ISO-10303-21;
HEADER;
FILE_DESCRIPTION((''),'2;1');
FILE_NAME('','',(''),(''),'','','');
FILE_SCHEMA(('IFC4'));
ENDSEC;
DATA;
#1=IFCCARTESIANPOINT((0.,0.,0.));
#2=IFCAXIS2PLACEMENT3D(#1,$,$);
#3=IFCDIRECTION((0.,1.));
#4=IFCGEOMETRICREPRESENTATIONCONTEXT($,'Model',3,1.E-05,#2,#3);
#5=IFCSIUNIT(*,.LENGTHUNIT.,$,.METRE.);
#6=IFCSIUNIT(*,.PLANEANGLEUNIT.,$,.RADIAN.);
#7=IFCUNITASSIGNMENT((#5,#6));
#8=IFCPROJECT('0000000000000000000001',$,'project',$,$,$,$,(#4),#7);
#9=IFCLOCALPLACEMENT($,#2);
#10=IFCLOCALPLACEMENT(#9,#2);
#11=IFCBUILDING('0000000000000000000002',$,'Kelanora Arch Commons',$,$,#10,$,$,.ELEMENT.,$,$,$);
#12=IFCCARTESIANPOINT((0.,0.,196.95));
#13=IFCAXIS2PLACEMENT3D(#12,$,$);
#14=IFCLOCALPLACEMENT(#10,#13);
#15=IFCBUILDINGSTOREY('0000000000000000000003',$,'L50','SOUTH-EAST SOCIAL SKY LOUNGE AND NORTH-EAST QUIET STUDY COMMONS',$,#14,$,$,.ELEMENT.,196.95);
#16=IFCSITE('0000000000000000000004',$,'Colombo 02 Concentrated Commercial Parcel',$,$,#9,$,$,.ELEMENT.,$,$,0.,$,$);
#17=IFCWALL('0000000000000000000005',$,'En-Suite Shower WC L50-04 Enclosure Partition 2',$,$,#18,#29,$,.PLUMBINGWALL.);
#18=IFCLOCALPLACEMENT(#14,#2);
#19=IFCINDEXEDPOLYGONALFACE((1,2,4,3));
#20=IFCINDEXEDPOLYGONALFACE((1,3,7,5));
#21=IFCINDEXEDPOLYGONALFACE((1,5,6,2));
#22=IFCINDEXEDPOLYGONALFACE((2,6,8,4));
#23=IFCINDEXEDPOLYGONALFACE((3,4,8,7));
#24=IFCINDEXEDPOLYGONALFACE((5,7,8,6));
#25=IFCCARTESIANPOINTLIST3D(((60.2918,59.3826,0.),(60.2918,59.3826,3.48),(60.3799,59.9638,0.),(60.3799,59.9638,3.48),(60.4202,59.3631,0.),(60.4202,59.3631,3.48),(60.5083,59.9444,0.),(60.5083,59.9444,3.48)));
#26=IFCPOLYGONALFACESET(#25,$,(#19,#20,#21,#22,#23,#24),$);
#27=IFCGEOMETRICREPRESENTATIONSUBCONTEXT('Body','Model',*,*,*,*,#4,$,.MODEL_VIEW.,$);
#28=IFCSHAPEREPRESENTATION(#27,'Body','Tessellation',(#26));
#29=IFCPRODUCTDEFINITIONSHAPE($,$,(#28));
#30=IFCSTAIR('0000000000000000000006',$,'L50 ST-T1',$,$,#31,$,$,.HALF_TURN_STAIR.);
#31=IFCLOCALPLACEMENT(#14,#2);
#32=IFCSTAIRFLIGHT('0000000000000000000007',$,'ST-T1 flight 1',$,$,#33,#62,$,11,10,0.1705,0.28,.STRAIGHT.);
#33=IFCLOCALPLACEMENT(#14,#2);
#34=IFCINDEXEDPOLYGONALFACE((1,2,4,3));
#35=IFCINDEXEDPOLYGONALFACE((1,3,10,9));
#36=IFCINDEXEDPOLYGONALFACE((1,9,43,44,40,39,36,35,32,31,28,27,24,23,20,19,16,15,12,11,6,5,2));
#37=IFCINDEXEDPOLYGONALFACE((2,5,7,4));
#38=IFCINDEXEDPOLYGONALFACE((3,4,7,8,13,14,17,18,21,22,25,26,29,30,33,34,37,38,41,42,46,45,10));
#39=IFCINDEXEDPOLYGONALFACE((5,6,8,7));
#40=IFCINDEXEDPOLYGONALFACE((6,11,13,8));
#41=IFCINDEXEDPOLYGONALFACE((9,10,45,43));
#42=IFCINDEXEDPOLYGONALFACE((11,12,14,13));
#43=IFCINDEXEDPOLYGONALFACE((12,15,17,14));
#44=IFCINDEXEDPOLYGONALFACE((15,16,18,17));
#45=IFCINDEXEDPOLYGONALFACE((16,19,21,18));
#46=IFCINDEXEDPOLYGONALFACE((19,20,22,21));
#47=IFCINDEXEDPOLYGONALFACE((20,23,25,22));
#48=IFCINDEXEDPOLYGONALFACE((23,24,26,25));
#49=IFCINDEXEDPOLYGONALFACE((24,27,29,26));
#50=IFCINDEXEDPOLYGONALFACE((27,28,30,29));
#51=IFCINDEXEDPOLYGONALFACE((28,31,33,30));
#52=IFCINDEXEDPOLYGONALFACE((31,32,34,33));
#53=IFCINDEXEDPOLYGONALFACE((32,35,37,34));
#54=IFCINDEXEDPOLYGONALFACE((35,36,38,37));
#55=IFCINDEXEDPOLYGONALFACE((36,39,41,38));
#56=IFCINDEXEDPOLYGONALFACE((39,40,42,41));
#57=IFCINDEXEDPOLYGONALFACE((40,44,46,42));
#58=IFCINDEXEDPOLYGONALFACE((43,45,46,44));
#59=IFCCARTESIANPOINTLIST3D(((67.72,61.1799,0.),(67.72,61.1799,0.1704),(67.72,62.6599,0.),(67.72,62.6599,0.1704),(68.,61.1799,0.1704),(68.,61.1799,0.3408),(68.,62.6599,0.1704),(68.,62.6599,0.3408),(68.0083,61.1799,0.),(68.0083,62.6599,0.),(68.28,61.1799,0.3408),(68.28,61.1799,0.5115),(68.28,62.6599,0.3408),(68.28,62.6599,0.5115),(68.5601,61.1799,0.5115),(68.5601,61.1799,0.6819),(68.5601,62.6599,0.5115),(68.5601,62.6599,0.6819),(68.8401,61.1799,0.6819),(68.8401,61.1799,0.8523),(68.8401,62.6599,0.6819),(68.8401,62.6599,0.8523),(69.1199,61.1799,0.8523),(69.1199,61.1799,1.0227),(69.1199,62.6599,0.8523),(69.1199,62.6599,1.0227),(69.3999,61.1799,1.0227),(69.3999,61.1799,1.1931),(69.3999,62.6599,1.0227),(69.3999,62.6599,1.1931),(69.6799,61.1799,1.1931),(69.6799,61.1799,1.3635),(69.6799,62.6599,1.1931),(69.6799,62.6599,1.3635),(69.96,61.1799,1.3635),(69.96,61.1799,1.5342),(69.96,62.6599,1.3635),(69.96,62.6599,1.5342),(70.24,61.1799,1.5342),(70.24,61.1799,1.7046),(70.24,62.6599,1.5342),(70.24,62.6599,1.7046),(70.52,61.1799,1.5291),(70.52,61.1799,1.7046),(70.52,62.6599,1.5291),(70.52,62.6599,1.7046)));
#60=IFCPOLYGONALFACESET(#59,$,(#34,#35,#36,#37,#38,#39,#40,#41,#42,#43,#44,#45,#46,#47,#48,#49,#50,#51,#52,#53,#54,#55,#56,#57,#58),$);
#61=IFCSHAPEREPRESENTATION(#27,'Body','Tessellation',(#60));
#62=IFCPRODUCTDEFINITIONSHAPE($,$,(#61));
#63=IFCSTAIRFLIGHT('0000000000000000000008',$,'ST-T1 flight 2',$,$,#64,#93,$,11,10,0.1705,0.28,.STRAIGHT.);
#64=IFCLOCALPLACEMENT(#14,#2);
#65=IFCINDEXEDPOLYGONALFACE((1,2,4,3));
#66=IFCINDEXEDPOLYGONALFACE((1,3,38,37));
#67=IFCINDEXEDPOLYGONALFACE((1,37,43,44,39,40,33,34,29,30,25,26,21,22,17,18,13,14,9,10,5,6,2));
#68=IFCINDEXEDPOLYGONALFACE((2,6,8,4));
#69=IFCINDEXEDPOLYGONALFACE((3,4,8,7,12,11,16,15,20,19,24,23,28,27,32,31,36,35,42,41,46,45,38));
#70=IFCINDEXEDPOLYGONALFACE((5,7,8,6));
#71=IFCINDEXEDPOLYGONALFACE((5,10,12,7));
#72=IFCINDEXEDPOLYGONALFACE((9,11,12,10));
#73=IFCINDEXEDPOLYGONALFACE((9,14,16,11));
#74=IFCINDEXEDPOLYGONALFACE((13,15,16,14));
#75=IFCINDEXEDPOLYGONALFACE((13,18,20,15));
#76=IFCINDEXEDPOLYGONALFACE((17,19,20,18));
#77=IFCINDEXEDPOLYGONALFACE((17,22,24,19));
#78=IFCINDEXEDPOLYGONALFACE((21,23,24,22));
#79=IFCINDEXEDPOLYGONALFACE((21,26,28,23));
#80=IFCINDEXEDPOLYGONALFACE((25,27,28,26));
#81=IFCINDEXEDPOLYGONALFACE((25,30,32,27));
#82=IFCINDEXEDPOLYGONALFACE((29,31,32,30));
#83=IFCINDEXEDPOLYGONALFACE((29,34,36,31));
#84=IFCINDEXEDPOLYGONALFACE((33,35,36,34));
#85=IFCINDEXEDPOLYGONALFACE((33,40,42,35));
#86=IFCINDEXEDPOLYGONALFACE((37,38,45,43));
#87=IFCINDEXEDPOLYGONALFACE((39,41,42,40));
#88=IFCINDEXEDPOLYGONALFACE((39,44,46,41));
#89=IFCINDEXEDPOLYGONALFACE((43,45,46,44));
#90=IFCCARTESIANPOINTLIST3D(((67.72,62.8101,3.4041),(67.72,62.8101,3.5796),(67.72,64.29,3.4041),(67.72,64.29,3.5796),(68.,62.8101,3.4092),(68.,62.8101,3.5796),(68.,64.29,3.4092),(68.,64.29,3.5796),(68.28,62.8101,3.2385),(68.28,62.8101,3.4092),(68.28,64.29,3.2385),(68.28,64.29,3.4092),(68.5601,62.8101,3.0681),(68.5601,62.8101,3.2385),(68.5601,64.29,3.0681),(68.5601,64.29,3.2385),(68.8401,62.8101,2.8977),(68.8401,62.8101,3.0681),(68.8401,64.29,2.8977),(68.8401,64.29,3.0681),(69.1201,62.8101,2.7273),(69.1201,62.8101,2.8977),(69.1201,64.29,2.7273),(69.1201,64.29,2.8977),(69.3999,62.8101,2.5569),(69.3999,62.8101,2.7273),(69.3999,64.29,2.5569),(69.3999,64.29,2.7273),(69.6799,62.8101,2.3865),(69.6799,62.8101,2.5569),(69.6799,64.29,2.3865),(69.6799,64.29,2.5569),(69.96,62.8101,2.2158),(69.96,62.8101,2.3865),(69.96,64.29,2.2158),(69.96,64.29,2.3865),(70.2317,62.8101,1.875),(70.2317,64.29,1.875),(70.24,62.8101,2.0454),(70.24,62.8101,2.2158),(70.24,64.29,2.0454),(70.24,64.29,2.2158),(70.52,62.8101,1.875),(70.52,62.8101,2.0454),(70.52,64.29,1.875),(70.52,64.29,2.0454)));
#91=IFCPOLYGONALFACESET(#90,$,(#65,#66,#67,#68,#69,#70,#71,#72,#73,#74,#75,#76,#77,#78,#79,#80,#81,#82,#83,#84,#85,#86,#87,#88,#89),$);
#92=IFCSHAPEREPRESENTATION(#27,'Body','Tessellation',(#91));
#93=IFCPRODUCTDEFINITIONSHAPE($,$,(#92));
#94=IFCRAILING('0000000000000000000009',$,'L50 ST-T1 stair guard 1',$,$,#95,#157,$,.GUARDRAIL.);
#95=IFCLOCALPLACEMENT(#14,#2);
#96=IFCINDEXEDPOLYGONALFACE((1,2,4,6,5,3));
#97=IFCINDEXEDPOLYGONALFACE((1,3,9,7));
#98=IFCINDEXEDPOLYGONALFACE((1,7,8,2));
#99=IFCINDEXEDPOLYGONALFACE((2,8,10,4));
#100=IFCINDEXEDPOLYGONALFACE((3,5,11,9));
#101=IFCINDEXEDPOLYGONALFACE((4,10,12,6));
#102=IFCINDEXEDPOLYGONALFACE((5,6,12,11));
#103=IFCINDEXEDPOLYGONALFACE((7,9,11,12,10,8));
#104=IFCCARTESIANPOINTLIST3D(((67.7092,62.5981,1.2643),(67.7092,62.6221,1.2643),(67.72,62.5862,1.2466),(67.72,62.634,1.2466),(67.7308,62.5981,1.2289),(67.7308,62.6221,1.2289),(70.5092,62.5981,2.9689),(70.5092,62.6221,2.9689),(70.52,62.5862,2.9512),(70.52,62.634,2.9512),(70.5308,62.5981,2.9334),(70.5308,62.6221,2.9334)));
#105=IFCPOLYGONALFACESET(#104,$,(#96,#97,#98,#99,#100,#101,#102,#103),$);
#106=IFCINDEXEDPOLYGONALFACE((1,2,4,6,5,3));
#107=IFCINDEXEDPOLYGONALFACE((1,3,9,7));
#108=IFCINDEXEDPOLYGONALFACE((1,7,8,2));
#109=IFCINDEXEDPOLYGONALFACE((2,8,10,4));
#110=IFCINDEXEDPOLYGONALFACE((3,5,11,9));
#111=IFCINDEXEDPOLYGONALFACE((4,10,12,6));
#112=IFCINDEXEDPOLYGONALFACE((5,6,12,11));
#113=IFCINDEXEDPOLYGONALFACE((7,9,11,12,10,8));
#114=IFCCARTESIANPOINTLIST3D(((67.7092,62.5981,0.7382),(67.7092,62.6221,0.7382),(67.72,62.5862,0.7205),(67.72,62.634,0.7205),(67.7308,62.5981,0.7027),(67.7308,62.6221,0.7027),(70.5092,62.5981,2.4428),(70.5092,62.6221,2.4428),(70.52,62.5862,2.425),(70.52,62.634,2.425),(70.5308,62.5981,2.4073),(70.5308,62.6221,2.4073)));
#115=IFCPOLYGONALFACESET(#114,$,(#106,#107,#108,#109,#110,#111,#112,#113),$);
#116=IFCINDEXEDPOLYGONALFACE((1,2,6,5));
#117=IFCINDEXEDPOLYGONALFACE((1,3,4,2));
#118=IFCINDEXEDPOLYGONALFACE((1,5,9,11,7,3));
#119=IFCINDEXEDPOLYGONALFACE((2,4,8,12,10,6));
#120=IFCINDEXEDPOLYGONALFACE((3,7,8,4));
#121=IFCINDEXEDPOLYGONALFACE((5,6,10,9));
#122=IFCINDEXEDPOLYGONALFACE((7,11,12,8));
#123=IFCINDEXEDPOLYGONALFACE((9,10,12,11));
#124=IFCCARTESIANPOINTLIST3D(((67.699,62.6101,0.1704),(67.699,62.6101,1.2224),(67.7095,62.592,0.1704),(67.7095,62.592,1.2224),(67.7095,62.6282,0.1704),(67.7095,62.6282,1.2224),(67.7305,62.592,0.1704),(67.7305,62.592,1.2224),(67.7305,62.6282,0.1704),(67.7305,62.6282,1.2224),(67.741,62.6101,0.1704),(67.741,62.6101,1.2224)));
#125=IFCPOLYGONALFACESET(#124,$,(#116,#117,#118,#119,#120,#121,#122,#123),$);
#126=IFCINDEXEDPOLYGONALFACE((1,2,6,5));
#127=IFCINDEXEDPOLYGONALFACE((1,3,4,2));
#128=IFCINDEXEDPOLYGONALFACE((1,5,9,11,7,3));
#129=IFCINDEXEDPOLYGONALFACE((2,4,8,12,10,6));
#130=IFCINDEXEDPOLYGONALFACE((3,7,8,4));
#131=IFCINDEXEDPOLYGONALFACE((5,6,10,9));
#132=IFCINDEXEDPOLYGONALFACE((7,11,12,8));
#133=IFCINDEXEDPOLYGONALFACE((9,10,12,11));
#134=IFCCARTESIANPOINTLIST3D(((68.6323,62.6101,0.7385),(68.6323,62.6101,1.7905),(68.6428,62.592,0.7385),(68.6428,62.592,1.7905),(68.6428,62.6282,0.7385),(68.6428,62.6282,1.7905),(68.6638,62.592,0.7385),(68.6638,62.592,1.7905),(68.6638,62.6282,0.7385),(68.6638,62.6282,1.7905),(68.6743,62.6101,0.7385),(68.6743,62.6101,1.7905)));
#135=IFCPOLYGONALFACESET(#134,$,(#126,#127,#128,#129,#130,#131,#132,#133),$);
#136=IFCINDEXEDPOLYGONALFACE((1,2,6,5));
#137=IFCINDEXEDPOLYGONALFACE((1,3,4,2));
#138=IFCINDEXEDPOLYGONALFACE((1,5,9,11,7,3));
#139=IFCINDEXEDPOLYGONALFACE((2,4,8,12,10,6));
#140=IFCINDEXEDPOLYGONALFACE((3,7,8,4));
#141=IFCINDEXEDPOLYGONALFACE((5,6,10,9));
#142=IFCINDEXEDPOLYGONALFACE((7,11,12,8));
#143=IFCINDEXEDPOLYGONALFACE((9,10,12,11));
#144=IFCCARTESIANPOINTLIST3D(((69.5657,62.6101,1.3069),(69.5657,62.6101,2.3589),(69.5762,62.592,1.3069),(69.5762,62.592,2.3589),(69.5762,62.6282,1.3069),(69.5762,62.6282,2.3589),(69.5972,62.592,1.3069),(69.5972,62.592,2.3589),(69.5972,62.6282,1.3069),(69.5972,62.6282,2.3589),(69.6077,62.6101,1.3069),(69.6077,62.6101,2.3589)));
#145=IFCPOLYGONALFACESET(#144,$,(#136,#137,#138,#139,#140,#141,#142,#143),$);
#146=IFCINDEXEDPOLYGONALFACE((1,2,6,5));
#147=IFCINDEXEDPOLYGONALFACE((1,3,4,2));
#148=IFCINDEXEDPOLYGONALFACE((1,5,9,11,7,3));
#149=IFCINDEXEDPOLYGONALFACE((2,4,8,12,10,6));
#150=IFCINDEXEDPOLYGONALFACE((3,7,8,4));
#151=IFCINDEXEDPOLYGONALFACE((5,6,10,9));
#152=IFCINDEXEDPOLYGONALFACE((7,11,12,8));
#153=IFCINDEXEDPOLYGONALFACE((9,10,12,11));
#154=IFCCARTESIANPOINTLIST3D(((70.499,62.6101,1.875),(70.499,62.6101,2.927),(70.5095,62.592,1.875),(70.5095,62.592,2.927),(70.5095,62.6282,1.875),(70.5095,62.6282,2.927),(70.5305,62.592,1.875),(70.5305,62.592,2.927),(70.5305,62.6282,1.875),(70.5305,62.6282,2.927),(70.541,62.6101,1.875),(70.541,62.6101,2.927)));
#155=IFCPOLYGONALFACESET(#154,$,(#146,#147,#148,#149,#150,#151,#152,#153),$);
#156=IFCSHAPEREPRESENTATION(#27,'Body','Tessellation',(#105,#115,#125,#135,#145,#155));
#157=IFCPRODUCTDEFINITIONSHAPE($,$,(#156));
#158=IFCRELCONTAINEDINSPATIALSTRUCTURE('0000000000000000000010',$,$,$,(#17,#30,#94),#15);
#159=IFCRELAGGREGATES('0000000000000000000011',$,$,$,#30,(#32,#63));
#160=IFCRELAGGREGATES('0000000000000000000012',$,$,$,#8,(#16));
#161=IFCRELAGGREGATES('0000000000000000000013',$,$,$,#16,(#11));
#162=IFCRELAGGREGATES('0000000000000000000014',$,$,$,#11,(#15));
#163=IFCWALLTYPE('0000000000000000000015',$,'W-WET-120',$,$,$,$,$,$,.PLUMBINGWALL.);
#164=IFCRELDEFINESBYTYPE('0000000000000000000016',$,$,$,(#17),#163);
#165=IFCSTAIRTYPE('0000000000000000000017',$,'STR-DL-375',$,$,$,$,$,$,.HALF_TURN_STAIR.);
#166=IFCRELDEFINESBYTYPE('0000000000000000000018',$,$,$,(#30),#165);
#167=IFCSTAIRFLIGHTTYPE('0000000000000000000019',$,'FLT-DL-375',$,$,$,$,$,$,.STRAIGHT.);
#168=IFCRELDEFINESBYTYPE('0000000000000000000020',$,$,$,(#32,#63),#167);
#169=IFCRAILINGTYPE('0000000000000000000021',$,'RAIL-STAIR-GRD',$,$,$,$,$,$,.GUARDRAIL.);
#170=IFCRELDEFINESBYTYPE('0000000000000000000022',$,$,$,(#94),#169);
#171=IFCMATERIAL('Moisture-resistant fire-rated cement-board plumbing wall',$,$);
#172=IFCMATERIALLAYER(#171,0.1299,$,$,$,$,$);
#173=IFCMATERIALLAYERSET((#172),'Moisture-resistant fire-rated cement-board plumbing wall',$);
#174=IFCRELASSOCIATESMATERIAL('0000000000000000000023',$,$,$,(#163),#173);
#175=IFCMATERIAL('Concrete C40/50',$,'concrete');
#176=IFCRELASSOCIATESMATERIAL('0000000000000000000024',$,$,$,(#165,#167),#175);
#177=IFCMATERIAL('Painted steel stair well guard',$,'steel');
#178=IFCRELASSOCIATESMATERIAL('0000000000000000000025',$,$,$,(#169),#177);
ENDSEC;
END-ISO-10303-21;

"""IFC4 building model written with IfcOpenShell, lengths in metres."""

from ifc_helpers import new_model, si_unit, direction, frame, frame_2d, origin, place, context, subcontext, project, spatial, polyline, rectangle, outline, extrude, material, layer, layer_set, type_object, element, aggregate, save


model = new_model("IFC4")

# Units and contexts
model_context = context("Model", 3, precision=1e-05, world=origin(), true_north=direction((0.0, 1.0)))
body_context = subcontext(model_context, "Body", "Model", "MODEL_VIEW")
ifc_project = project(units=[si_unit("LENGTHUNIT", "METRE"), si_unit("PLANEANGLEUNIT", "RADIAN")], contexts=[model_context])

# Site, building, storey
site_placement = place(None, origin())
site = spatial("IfcSite", under=ifc_project, at=site_placement, Name="Colombo 02 Concentrated Commercial Parcel", CompositionType="ELEMENT", RefElevation=0.0)
building_placement = place(site_placement, origin())
building = spatial("IfcBuilding", under=site, at=building_placement, Name="Kelanora Arch Commons", CompositionType="ELEMENT")
storey_placement = place(building_placement, frame((0.0, 0.0, 196.95)))
storey = spatial("IfcBuildingStorey", under=building, at=storey_placement, Name="L50", Description="SOUTH-EAST SOCIAL SKY LOUNGE AND NORTH-EAST QUIET STUDY COMMONS", CompositionType="ELEMENT", Elevation=196.95)

# Shared definitions
ifc_material_1 = material(Name="Concrete C40/50", Category="concrete")

# Wall
ifc_material_2 = material(Name="Moisture-resistant fire-rated cement-board plumbing wall")
ifc_layer_1 = layer(ifc_material_2, 0.1299)
ifc_layer_set_1 = layer_set([ifc_layer_1], Name="Moisture-resistant fire-rated cement-board plumbing wall")
wall_type_1 = type_object("IfcWallType", Name="W-WET-120", PredefinedType="PLUMBINGWALL", material=ifc_layer_set_1)
wall_1_placement = place(storey_placement, frame((60.4441, 59.9541, 0.0), z_axis=(0.0, 0.0, 1.0), x_axis=(-0.149904, -0.988701, 0.0)))
element("IfcWall", 1, at=wall_1_placement, inside=storey, type_object=wall_type_1, Name="En-Suite Shower WC L50-04 Enclosure Partition 2", PredefinedType="PLUMBINGWALL", context=body_context, shape_type="SweptSolid", body=[
    extrude(rectangle(XDim=0.5879, YDim=0.1299, at=frame_2d((0.2939, 0.0))), origin(), (0.0, 0.0, 1.0), 3.48),
])

# Stair, stair flights
stair_type = type_object("IfcStairType", Name="STR-DL-375", PredefinedType="HALF_TURN_STAIR", material=ifc_material_1)
stair_placement = place(storey_placement, origin())
stair = element("IfcStair", 2, at=stair_placement, inside=storey, type_object=stair_type, Name="L50 ST-T1", PredefinedType="HALF_TURN_STAIR")
stair_flight_type = type_object("IfcStairFlightType", Name="FLT-DL-375", PredefinedType="STRAIGHT", material=ifc_material_1)
stair_flight_1_placement = place(storey_placement, frame((67.72, 61.9199, 0.0), z_axis=(0.0, 0.0, 1.0), x_axis=(1.0, 0.0, 0.0)))
stair_flight_1 = element("IfcStairFlight", 3, at=stair_flight_1_placement, type_object=stair_flight_type, Name="ST-T1 flight 1", NumberOfRisers=11, NumberOfTreads=10, PredefinedType="STRAIGHT", RiserHeight=0.1705, TreadLength=0.28, context=body_context, shape_type="SweptSolid", body=[
    extrude(outline(polyline([(0.0, 0.0), (0.0, 0.1704), (0.28, 0.1704), (0.28, 0.3408), (0.5601, 0.3408), (0.5601, 0.5115), (0.8401, 0.5115), (0.8401, 0.6819), (1.1201, 0.6819), (1.1201, 0.8523), (1.3999, 0.8523), (1.3999, 1.0227), (1.6799, 1.0227), (1.6799, 1.1931), (1.96, 1.1931), (1.96, 1.3635), (2.24, 1.3635), (2.24, 1.5342), (2.52, 1.5342), (2.52, 1.7046), (2.8, 1.7046), (2.8, 1.875), (2.8, 1.5291), (0.2883, 0.0), (0.0, 0.0)])), frame((0.0, 0.74, 0.0), z_axis=(0.0, -1.0, 0.0), x_axis=(1.0, 0.0, 0.0)), (0.0, 0.0, 1.0), 1.48),
])
stair_flight_2_placement = place(storey_placement, frame((70.52, 63.55, 1.875), z_axis=(0.0, 0.0, 1.0), x_axis=(-1.0, 0.0, 0.0)))
stair_flight_2 = element("IfcStairFlight", 4, at=stair_flight_2_placement, type_object=stair_flight_type, Name="ST-T1 flight 2", NumberOfRisers=11, NumberOfTreads=10, PredefinedType="STRAIGHT", RiserHeight=0.1705, TreadLength=0.28, context=body_context, shape_type="SweptSolid", body=[
    extrude(outline(polyline([(0.0, 0.0), (0.0, 0.1704), (0.28, 0.1704), (0.28, 0.3408), (0.5601, 0.3408), (0.5601, 0.5115), (0.8401, 0.5115), (0.8401, 0.6819), (1.1201, 0.6819), (1.1201, 0.8523), (1.3999, 0.8523), (1.3999, 1.0227), (1.6799, 1.0227), (1.6799, 1.1931), (1.96, 1.1931), (1.96, 1.3635), (2.24, 1.3635), (2.24, 1.5342), (2.52, 1.5342), (2.52, 1.7046), (2.8, 1.7046), (2.8, 1.875), (2.8, 1.5291), (0.2883, 0.0), (0.0, 0.0)])), frame((0.0, 0.74, 0.0), z_axis=(0.0, -1.0, 0.0), x_axis=(1.0, 0.0, 0.0)), (0.0, 0.0, 1.0), 1.48),
])
aggregate(stair, [stair_flight_1, stair_flight_2])

# Railing
ifc_material_3 = material(Name="Painted steel stair well guard", Category="steel")
railing_type_1 = type_object("IfcRailingType", Name="RAIL-STAIR-GRD", PredefinedType="GUARDRAIL", material=ifc_material_3)
railing_1_placement = place(storey_placement, frame((67.72, 62.6101, 0.1704)))
element("IfcRailing", 5, at=railing_1_placement, inside=storey, type_object=railing_type_1, Name="L50 ST-T1 stair guard 1", PredefinedType="GUARDRAIL", context=body_context, shape_type="SweptSolid", body=[
    extrude(outline(polyline([(0.0239, 0.0), (0.012, 0.0208), (-0.012, 0.0208), (-0.0239, 0.0), (-0.012, -0.0208), (0.012, -0.0208), (0.0239, 0.0)])), frame((0.0, 0.0, 1.0762), z_axis=(0.85417, 0.0, 0.519994), x_axis=(0.0, 1.0, 0.0)), (0.0, 0.0, 1.0), 3.2781),
    extrude(outline(polyline([(0.0239, 0.0), (0.012, 0.0208), (-0.012, 0.0208), (-0.0239, 0.0), (-0.012, -0.0208), (0.012, -0.0208), (0.0239, 0.0)])), frame((0.0, 0.0, 0.55), z_axis=(0.85417, 0.0, 0.519994), x_axis=(0.0, 1.0, 0.0)), (0.0, 0.0, 1.0), 3.2781),
    extrude(outline(polyline([(0.021, 0.0), (0.0105, 0.0181), (-0.0105, 0.0181), (-0.021, 0.0), (-0.0105, -0.0181), (0.0105, -0.0181), (0.021, 0.0)])), origin(), (0.0, 0.0, 1.0), 1.052),
    extrude(outline(polyline([(0.021, 0.0), (0.0105, 0.0181), (-0.0105, 0.0181), (-0.021, 0.0), (-0.0105, -0.0181), (0.0105, -0.0181), (0.021, 0.0)])), frame((0.9333, 0.0, 0.5681)), (0.0, 0.0, 1.0), 1.052),
    extrude(outline(polyline([(0.021, 0.0), (0.0105, 0.0181), (-0.0105, 0.0181), (-0.021, 0.0), (-0.0105, -0.0181), (0.0105, -0.0181), (0.021, 0.0)])), frame((1.8667, 0.0, 1.1365)), (0.0, 0.0, 1.0), 1.052),
    extrude(outline(polyline([(0.021, 0.0), (0.0105, 0.0181), (-0.0105, 0.0181), (-0.021, 0.0), (-0.0105, -0.0181), (0.0105, -0.0181), (0.021, 0.0)])), frame((2.8, 0.0, 1.7046)), (0.0, 0.0, 1.0), 1.052),
])

save(model, "model.ifc")
